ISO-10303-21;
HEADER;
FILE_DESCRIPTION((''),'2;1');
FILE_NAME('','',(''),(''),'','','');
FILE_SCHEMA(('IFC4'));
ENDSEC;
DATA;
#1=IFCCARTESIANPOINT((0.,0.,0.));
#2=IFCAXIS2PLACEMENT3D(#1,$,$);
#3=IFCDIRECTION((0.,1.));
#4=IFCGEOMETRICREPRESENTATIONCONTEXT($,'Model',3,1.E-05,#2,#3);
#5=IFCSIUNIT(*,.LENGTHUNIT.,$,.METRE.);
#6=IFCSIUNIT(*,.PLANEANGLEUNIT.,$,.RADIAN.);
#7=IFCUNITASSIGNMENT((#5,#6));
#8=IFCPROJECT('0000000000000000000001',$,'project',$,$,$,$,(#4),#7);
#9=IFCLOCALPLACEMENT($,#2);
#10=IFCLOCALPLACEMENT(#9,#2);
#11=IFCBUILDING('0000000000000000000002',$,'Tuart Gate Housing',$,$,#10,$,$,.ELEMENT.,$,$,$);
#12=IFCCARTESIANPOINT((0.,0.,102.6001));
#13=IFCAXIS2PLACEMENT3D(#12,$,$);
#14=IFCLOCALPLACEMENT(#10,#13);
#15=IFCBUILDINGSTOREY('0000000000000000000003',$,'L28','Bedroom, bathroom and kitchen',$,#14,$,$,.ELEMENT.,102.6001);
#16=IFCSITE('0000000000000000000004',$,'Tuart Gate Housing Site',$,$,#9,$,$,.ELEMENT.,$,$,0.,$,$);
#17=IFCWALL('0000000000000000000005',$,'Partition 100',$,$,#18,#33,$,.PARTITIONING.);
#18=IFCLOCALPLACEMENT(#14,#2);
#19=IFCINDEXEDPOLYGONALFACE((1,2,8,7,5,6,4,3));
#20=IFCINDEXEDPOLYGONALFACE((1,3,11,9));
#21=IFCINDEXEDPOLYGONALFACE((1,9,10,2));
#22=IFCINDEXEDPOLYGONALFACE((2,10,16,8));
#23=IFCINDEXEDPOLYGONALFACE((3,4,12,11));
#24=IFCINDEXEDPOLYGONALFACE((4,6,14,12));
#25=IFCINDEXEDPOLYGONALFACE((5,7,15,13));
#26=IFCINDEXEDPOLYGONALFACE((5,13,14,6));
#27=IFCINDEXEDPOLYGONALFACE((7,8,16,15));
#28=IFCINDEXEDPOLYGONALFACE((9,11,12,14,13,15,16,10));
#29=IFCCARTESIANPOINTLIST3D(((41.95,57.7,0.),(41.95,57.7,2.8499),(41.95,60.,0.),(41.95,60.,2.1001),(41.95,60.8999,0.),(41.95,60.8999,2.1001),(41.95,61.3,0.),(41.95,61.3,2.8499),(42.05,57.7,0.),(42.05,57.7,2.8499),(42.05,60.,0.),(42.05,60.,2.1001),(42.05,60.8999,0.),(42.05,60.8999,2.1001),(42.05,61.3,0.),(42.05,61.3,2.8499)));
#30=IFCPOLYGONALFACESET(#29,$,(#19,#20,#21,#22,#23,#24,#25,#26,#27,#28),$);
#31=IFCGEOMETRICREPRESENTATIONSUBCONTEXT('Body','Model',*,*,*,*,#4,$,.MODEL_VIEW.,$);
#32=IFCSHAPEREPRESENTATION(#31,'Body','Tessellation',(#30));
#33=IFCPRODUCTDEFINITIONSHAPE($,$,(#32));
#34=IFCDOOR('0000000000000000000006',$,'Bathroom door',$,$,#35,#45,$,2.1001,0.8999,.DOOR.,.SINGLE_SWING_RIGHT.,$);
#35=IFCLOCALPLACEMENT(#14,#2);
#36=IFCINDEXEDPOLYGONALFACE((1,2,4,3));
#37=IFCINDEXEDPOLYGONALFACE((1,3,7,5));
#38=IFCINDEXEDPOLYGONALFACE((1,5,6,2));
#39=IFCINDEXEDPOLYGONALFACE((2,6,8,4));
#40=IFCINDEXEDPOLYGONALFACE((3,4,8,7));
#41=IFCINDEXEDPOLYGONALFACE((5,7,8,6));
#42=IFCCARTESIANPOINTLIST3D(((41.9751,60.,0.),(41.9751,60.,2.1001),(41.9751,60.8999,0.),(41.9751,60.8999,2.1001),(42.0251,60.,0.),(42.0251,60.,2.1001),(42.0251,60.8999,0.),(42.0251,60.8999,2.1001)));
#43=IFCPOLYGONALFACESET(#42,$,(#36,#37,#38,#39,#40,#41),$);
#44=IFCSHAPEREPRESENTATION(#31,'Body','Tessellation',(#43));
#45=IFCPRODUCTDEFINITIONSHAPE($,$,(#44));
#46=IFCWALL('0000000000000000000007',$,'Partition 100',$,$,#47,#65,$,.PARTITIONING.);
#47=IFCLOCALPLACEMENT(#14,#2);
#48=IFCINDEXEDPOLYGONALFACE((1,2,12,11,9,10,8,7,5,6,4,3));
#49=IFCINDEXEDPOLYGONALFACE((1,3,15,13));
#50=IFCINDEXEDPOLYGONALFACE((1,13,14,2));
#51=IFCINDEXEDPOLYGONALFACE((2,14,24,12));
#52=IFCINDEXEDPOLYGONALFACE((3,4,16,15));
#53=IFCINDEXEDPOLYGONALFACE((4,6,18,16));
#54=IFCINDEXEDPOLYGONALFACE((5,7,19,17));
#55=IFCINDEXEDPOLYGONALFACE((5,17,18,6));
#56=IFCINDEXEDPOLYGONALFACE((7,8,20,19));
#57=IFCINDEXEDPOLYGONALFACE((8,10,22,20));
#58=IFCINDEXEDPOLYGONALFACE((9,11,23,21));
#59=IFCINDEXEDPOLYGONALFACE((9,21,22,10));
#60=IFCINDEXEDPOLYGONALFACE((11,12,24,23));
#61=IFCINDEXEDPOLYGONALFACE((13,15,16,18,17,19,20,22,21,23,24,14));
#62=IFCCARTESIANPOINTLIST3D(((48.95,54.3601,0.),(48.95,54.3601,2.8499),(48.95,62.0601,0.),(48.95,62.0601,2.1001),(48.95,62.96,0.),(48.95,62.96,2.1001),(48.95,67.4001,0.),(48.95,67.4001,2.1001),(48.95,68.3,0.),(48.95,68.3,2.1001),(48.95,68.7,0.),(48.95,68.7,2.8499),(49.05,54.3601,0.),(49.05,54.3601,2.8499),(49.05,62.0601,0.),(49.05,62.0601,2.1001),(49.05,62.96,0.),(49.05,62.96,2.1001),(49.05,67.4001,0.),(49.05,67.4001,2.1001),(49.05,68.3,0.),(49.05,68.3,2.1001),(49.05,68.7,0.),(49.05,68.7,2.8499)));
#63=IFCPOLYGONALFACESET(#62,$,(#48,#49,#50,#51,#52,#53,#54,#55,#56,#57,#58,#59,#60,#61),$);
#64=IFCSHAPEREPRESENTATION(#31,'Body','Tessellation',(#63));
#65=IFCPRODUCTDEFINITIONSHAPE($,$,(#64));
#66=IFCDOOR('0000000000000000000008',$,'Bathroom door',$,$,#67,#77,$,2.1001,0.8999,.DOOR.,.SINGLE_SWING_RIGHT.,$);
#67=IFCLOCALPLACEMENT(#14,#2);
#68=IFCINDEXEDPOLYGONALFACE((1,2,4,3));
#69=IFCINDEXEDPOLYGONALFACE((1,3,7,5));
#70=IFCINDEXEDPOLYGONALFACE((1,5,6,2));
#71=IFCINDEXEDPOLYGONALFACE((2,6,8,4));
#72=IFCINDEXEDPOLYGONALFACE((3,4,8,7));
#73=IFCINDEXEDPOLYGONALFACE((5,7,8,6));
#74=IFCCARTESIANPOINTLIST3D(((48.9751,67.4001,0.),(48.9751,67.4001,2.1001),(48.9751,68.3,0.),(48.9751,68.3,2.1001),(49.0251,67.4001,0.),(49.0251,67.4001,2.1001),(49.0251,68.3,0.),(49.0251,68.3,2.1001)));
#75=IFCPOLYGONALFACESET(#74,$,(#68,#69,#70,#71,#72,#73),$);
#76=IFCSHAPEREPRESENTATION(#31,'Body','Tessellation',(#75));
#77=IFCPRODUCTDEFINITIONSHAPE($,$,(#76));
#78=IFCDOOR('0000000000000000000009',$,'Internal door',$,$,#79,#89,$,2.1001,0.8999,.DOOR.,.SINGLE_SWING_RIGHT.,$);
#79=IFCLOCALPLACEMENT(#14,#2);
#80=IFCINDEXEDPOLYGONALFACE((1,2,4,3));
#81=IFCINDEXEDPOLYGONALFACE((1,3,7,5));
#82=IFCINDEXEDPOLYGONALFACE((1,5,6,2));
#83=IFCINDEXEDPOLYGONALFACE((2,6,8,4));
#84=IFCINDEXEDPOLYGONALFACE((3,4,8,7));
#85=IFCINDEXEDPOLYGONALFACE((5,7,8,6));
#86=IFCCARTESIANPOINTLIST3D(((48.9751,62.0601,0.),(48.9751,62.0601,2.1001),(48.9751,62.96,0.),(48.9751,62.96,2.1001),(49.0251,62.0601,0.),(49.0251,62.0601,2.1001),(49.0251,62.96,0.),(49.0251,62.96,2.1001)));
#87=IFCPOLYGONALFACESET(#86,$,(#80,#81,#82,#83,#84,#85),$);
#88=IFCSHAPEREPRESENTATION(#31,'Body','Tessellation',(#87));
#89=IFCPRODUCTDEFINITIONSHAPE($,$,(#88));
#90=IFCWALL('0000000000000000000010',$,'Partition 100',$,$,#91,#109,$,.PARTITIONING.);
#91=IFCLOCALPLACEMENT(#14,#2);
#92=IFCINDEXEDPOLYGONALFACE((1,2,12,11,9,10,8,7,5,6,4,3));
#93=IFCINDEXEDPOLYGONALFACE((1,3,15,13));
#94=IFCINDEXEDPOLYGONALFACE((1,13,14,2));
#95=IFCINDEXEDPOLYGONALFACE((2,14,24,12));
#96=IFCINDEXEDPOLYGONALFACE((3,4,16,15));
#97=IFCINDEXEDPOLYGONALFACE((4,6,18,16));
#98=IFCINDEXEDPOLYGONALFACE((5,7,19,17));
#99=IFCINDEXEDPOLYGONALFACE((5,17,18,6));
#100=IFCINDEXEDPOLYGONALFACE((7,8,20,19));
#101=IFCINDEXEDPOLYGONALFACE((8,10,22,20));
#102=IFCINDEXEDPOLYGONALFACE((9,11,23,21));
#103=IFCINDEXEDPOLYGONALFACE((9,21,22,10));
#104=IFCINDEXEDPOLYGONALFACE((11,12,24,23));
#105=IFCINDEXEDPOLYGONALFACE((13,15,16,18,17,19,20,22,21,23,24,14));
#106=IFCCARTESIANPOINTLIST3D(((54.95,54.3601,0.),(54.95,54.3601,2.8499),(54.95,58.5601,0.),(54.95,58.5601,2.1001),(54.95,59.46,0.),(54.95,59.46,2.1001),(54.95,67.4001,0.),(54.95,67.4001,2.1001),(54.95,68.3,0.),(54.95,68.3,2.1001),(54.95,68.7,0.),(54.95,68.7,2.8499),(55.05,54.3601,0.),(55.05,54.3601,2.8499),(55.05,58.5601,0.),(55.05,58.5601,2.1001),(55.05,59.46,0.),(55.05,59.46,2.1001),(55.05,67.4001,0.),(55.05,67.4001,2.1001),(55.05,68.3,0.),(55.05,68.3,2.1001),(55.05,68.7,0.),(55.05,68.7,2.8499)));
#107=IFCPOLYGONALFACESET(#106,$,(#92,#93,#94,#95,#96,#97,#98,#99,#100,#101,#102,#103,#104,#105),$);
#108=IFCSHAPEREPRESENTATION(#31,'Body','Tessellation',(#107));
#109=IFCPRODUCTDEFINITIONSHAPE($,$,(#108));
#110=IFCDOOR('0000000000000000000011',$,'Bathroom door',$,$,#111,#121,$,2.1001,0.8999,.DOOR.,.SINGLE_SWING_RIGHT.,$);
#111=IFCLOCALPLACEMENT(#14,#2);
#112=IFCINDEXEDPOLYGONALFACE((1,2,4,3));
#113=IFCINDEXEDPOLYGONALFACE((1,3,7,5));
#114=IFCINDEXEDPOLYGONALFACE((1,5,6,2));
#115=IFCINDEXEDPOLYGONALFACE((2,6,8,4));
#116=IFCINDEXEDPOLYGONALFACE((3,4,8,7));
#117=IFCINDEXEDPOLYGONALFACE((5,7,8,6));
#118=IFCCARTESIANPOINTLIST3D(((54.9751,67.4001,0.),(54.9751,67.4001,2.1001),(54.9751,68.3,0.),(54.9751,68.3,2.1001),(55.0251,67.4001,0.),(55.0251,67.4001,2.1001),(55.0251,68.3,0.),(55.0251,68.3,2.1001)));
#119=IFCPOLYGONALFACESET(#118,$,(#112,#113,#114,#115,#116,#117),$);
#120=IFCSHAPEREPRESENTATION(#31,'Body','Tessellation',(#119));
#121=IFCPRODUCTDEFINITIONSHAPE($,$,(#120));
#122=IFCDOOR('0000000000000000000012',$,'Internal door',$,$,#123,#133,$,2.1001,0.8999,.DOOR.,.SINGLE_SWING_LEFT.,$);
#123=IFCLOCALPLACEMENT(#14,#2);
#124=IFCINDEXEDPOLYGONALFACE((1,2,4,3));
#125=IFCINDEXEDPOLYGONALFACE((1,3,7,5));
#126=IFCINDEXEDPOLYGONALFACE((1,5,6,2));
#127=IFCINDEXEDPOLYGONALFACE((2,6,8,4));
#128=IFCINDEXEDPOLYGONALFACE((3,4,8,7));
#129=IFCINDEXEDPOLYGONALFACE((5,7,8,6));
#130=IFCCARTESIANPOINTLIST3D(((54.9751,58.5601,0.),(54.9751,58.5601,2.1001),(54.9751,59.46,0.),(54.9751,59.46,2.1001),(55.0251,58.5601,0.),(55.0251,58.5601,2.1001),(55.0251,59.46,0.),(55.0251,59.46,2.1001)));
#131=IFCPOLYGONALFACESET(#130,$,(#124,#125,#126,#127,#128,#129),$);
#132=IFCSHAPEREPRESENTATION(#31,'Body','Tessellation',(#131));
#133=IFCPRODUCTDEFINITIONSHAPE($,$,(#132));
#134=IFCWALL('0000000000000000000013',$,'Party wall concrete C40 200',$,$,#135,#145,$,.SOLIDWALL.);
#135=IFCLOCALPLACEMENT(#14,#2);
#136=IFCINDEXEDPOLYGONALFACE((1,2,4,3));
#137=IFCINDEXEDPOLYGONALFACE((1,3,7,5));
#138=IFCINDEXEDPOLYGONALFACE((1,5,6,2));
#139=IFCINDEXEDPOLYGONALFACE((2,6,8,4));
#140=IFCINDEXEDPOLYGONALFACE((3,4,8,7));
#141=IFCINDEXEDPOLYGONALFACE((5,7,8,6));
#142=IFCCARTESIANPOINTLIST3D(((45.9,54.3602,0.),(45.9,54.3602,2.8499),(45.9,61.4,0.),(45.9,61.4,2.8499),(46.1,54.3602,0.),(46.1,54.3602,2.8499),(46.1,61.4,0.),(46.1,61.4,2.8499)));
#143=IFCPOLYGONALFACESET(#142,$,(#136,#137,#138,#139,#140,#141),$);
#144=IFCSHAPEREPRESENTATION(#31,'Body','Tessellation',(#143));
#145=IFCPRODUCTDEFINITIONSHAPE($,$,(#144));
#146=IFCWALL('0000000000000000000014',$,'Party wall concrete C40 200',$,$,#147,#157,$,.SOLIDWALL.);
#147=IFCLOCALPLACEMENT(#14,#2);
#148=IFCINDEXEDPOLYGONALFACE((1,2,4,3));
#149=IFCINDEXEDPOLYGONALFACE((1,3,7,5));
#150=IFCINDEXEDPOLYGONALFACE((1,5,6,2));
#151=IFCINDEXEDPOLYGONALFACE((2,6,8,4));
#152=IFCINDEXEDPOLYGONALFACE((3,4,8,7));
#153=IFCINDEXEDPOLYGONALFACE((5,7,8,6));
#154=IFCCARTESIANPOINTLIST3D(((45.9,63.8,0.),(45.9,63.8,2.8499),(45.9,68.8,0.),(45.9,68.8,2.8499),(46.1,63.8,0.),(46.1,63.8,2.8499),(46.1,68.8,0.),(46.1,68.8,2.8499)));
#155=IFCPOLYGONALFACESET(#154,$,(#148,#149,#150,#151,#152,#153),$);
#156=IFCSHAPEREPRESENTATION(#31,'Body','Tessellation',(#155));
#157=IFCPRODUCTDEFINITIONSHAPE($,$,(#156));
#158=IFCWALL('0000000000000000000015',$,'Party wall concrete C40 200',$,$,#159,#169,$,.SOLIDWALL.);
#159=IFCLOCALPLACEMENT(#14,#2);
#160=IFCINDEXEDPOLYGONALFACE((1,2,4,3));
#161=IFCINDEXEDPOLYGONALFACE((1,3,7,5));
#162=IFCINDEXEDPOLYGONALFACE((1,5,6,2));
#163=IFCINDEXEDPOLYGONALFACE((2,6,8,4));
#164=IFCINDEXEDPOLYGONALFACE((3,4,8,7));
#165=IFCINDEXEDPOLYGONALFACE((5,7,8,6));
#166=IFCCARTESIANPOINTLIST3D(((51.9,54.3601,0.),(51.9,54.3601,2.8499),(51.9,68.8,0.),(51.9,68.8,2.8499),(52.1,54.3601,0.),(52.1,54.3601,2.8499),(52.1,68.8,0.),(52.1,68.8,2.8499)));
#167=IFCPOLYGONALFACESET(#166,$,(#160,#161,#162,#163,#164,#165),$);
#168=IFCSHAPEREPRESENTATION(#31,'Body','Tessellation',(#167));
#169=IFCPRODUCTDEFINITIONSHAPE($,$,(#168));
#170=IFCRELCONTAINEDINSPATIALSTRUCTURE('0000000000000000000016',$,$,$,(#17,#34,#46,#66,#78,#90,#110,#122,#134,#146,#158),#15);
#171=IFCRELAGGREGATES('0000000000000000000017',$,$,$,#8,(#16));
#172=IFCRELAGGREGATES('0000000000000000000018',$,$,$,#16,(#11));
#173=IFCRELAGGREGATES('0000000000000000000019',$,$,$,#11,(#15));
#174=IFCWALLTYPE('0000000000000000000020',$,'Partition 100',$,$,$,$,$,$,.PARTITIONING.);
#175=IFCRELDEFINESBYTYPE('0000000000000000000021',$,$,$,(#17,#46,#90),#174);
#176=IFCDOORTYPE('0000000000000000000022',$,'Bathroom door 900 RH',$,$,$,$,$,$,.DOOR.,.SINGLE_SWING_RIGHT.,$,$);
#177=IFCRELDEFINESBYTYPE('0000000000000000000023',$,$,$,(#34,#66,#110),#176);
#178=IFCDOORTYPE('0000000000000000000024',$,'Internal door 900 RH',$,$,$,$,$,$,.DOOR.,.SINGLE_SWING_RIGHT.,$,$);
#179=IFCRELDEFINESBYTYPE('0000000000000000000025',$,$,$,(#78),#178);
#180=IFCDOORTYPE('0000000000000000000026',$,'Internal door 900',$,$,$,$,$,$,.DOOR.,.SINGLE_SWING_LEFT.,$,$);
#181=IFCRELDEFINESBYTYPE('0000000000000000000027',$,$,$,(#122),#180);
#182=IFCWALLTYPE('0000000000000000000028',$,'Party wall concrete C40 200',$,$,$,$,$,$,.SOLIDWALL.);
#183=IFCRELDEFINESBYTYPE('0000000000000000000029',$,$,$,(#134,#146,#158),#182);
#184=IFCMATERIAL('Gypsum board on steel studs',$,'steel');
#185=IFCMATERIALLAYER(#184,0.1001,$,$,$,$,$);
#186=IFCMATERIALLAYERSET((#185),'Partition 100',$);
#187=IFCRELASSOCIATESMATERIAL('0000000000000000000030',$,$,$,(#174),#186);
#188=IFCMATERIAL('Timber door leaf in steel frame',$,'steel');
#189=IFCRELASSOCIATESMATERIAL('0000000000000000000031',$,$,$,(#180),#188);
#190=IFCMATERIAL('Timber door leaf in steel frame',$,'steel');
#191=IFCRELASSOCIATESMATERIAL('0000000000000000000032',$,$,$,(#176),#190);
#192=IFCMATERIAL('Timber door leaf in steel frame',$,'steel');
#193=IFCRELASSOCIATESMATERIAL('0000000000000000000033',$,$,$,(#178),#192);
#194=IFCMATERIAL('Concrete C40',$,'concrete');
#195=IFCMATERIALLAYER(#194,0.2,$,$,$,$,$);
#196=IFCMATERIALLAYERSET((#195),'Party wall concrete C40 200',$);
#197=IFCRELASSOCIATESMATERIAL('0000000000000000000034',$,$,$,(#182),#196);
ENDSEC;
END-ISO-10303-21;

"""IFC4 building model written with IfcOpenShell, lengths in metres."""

from ifc_helpers import new_model, si_unit, direction, frame, frame_2d, origin, place, context, subcontext, project, spatial, rectangle, extrude, material, layer, layer_set, type_object, element, fill, save


model = new_model("IFC4")

# Units and contexts
model_context = context("Model", 3, precision=1e-05, world=origin(), true_north=direction((0.0, 1.0)))
body_context = subcontext(model_context, "Body", "Model", "MODEL_VIEW")
ifc_project = project(units=[si_unit("LENGTHUNIT", "METRE"), si_unit("PLANEANGLEUNIT", "RADIAN")], contexts=[model_context])

# Site, building, storey
site_placement = place(None, origin())
site = spatial("IfcSite", under=ifc_project, at=site_placement, Name="Tuart Gate Housing Site", CompositionType="ELEMENT", RefElevation=0.0)
building_placement = place(site_placement, origin())
building = spatial("IfcBuilding", under=site, at=building_placement, Name="Tuart Gate Housing", CompositionType="ELEMENT")
storey_placement = place(building_placement, frame((0.0, 0.0, 102.6001)))
storey = spatial("IfcBuildingStorey", under=building, at=storey_placement, Name="L28", Description="Bedroom, bathroom and kitchen", CompositionType="ELEMENT", Elevation=102.6001)

# Shared definitions
ifc_material_1 = material(Name="Gypsum board on steel studs", Category="steel")
ifc_layer_1 = layer(ifc_material_1, 0.1001)
ifc_layer_set_1 = layer_set([ifc_layer_1], Name="Partition 100")
wall_type_1 = type_object("IfcWallType", Name="Partition 100", PredefinedType="PARTITIONING", material=ifc_layer_set_1)
ifc_material_2 = material(Name="Timber door leaf in steel frame", Category="steel")
door_type_1 = type_object("IfcDoorType", Name="Internal door 900", OperationType="SINGLE_SWING_LEFT", PredefinedType="DOOR", material=ifc_material_2)

# Wall, opening, door
wall_1_placement = place(storey_placement, frame((42.0, 57.7, 0.0), z_axis=(0.0, 0.0, 1.0), x_axis=(0.0, 1.0, 0.0)))
wall_1 = element("IfcWall", 1, at=wall_1_placement, inside=storey, type_object=wall_type_1, Name="Partition 100", PredefinedType="PARTITIONING", context=body_context, shape_type="SweptSolid", body=[
    extrude(rectangle(XDim=3.6001, YDim=0.1001, at=frame_2d((1.8, 0.0))), origin(), (0.0, 0.0, 1.0), 2.8499),
])
opening_1_placement = place(wall_1_placement, frame((2.3, 0.0, 0.0)))
opening_1 = element("IfcOpeningElement", 2, at=opening_1_placement, cuts=wall_1, PredefinedType="OPENING", context=body_context, shape_type="SweptSolid", body=[
    extrude(rectangle(XDim=0.8999, YDim=2.1001, at=frame_2d((0.45, 1.05))), frame((0.0, 0.0601, 0.0), z_axis=(0.0, -1.0, 0.0), x_axis=(1.0, 0.0, 0.0)), (0.0, 0.0, 1.0), 0.1201),
])
ifc_material_3 = material(Name="Timber door leaf in steel frame", Category="steel")
door_type_2 = type_object("IfcDoorType", Name="Bathroom door 900 RH", OperationType="SINGLE_SWING_RIGHT", PredefinedType="DOOR", material=ifc_material_3)
door_1_placement = place(opening_1_placement, origin())
door_1 = element("IfcDoor", 3, at=door_1_placement, inside=storey, type_object=door_type_2, Name="Bathroom door", OperationType="SINGLE_SWING_RIGHT", OverallHeight=2.1001, OverallWidth=0.8999, PredefinedType="DOOR", context=body_context, shape_type="SweptSolid", body=[
    extrude(rectangle(XDim=0.8999, YDim=2.1001, at=frame_2d((0.45, 1.05))), frame((0.0, 0.0249, 0.0), z_axis=(0.0, -1.0, 0.0), x_axis=(1.0, 0.0, 0.0)), (0.0, 0.0, 1.0), 0.05),
])
fill(opening_1, door_1)

# Walls, openings, doors
wall_2_placement = place(storey_placement, frame((49.0, 54.3601, 0.0), z_axis=(0.0, 0.0, 1.0), x_axis=(0.0, 1.0, 0.0)))
wall_2 = element("IfcWall", 4, at=wall_2_placement, inside=storey, type_object=wall_type_1, Name="Partition 100", PredefinedType="PARTITIONING", context=body_context, shape_type="SweptSolid", body=[
    extrude(rectangle(XDim=14.3398, YDim=0.1001, at=frame_2d((7.1699, 0.0))), origin(), (0.0, 0.0, 1.0), 2.8499),
])
opening_2_placement = place(wall_2_placement, frame((7.7, 0.0, 0.0)))
opening_2 = element("IfcOpeningElement", 5, at=opening_2_placement, cuts=wall_2, PredefinedType="OPENING", context=body_context, shape_type="SweptSolid", body=[
    extrude(rectangle(XDim=0.8999, YDim=2.1001, at=frame_2d((0.45, 1.05))), frame((0.0, 0.0601, 0.0), z_axis=(0.0, -1.0, 0.0), x_axis=(1.0, 0.0, 0.0)), (0.0, 0.0, 1.0), 0.1201),
])
opening_3_placement = place(wall_2_placement, frame((13.04, 0.0, 0.0)))
opening_3 = element("IfcOpeningElement", 6, at=opening_3_placement, cuts=wall_2, PredefinedType="OPENING", context=body_context, shape_type="SweptSolid", body=[
    extrude(rectangle(XDim=0.8999, YDim=2.1001, at=frame_2d((0.45, 1.05))), frame((0.0, 0.0601, 0.0), z_axis=(0.0, -1.0, 0.0), x_axis=(1.0, 0.0, 0.0)), (0.0, 0.0, 1.0), 0.1201),
])
door_2_placement = place(opening_3_placement, origin())
door_2 = element("IfcDoor", 7, at=door_2_placement, inside=storey, type_object=door_type_2, Name="Bathroom door", OperationType="SINGLE_SWING_RIGHT", OverallHeight=2.1001, OverallWidth=0.8999, PredefinedType="DOOR", context=body_context, shape_type="SweptSolid", body=[
    extrude(rectangle(XDim=0.8999, YDim=2.1001, at=frame_2d((0.45, 1.05))), frame((0.0, 0.0249, 0.0), z_axis=(0.0, -1.0, 0.0), x_axis=(1.0, 0.0, 0.0)), (0.0, 0.0, 1.0), 0.05),
])
fill(opening_3, door_2)
ifc_material_4 = material(Name="Timber door leaf in steel frame", Category="steel")
door_type_3 = type_object("IfcDoorType", Name="Internal door 900 RH", OperationType="SINGLE_SWING_RIGHT", PredefinedType="DOOR", material=ifc_material_4)
door_3_placement = place(opening_2_placement, origin())
door_3 = element("IfcDoor", 8, at=door_3_placement, inside=storey, type_object=door_type_3, Name="Internal door", OperationType="SINGLE_SWING_RIGHT", OverallHeight=2.1001, OverallWidth=0.8999, PredefinedType="DOOR", context=body_context, shape_type="SweptSolid", body=[
    extrude(rectangle(XDim=0.8999, YDim=2.1001, at=frame_2d((0.45, 1.05))), frame((0.0, 0.0249, 0.0), z_axis=(0.0, -1.0, 0.0), x_axis=(1.0, 0.0, 0.0)), (0.0, 0.0, 1.0), 0.05),
])
fill(opening_2, door_3)
wall_3_placement = place(storey_placement, frame((55.0, 54.3601, 0.0), z_axis=(0.0, 0.0, 1.0), x_axis=(0.0, 1.0, 0.0)))
wall_3 = element("IfcWall", 9, at=wall_3_placement, inside=storey, type_object=wall_type_1, Name="Partition 100", PredefinedType="PARTITIONING", context=body_context, shape_type="SweptSolid", body=[
    extrude(rectangle(XDim=14.3398, YDim=0.1001, at=frame_2d((7.1699, 0.0))), origin(), (0.0, 0.0, 1.0), 2.8499),
])
opening_4_placement = place(wall_3_placement, frame((4.2, 0.0, 0.0)))
opening_4 = element("IfcOpeningElement", 10, at=opening_4_placement, cuts=wall_3, PredefinedType="OPENING", context=body_context, shape_type="SweptSolid", body=[
    extrude(rectangle(XDim=0.8999, YDim=2.1001, at=frame_2d((0.45, 1.05))), frame((0.0, 0.0601, 0.0), z_axis=(0.0, -1.0, 0.0), x_axis=(1.0, 0.0, 0.0)), (0.0, 0.0, 1.0), 0.1201),
])
opening_5_placement = place(wall_3_placement, frame((13.04, 0.0, 0.0)))
opening_5 = element("IfcOpeningElement", 11, at=opening_5_placement, cuts=wall_3, PredefinedType="OPENING", context=body_context, shape_type="SweptSolid", body=[
    extrude(rectangle(XDim=0.8999, YDim=2.1001, at=frame_2d((0.45, 1.05))), frame((0.0, 0.0601, 0.0), z_axis=(0.0, -1.0, 0.0), x_axis=(1.0, 0.0, 0.0)), (0.0, 0.0, 1.0), 0.1201),
])
door_4_placement = place(opening_5_placement, origin())
door_4 = element("IfcDoor", 12, at=door_4_placement, inside=storey, type_object=door_type_2, Name="Bathroom door", OperationType="SINGLE_SWING_RIGHT", OverallHeight=2.1001, OverallWidth=0.8999, PredefinedType="DOOR", context=body_context, shape_type="SweptSolid", body=[
    extrude(rectangle(XDim=0.8999, YDim=2.1001, at=frame_2d((0.45, 1.05))), frame((0.0, 0.0249, 0.0), z_axis=(0.0, -1.0, 0.0), x_axis=(1.0, 0.0, 0.0)), (0.0, 0.0, 1.0), 0.05),
])
fill(opening_5, door_4)
door_5_placement = place(opening_4_placement, origin())
door_5 = element("IfcDoor", 13, at=door_5_placement, inside=storey, type_object=door_type_1, Name="Internal door", OperationType="SINGLE_SWING_LEFT", OverallHeight=2.1001, OverallWidth=0.8999, PredefinedType="DOOR", context=body_context, shape_type="SweptSolid", body=[
    extrude(rectangle(XDim=0.8999, YDim=2.1001, at=frame_2d((0.45, 1.05))), frame((0.0, 0.0249, 0.0), z_axis=(0.0, -1.0, 0.0), x_axis=(1.0, 0.0, 0.0)), (0.0, 0.0, 1.0), 0.05),
])
fill(opening_4, door_5)

# Walls
ifc_material_5 = material(Name="Concrete C40", Category="concrete")
ifc_layer_2 = layer(ifc_material_5, 0.2)
ifc_layer_set_2 = layer_set([ifc_layer_2], Name="Party wall concrete C40 200")
wall_type_2 = type_object("IfcWallType", Name="Party wall concrete C40 200", PredefinedType="SOLIDWALL", material=ifc_layer_set_2)
wall_4_placement = place(storey_placement, frame((46.0, 54.3601, 0.0), z_axis=(0.0, 0.0, 1.0), x_axis=(0.0, 1.0, 0.0)))
element("IfcWall", 14, at=wall_4_placement, inside=storey, type_object=wall_type_2, Name="Party wall concrete C40 200", PredefinedType="SOLIDWALL", context=body_context, shape_type="SweptSolid", body=[
    extrude(rectangle(XDim=7.0398, YDim=0.2, at=frame_2d((3.52, 0.0))), origin(), (0.0, 0.0, 1.0), 2.8499),
])
wall_5_placement = place(storey_placement, frame((46.0, 63.8, 0.0), z_axis=(0.0, 0.0, 1.0), x_axis=(0.0, 1.0, 0.0)))
element("IfcWall", 15, at=wall_5_placement, inside=storey, type_object=wall_type_2, Name="Party wall concrete C40 200", PredefinedType="SOLIDWALL", context=body_context, shape_type="SweptSolid", body=[
    extrude(rectangle(XDim=5.0, YDim=0.2, at=frame_2d((2.5, 0.0))), origin(), (0.0, 0.0, 1.0), 2.8499),
])
for number, where, z_axis, x_axis, name in (
    (16, (52.0, 54.3601, 0.0), (0.0, 0.0, 1.0), (0.0, 1.0, 0.0), "Party wall concrete C40 200"),
):
    element("IfcWall", number, at=place(storey_placement, frame(where, z_axis=z_axis, x_axis=x_axis)), inside=storey, type_object=wall_type_2, Name=name, PredefinedType="SOLIDWALL", context=body_context, shape_type="SweptSolid", body=[
        extrude(rectangle(XDim=14.4399, YDim=0.2, at=frame_2d((7.22, 0.0))), origin(), (0.0, 0.0, 1.0), 2.8499),
    ])

save(model, "model.ifc")
